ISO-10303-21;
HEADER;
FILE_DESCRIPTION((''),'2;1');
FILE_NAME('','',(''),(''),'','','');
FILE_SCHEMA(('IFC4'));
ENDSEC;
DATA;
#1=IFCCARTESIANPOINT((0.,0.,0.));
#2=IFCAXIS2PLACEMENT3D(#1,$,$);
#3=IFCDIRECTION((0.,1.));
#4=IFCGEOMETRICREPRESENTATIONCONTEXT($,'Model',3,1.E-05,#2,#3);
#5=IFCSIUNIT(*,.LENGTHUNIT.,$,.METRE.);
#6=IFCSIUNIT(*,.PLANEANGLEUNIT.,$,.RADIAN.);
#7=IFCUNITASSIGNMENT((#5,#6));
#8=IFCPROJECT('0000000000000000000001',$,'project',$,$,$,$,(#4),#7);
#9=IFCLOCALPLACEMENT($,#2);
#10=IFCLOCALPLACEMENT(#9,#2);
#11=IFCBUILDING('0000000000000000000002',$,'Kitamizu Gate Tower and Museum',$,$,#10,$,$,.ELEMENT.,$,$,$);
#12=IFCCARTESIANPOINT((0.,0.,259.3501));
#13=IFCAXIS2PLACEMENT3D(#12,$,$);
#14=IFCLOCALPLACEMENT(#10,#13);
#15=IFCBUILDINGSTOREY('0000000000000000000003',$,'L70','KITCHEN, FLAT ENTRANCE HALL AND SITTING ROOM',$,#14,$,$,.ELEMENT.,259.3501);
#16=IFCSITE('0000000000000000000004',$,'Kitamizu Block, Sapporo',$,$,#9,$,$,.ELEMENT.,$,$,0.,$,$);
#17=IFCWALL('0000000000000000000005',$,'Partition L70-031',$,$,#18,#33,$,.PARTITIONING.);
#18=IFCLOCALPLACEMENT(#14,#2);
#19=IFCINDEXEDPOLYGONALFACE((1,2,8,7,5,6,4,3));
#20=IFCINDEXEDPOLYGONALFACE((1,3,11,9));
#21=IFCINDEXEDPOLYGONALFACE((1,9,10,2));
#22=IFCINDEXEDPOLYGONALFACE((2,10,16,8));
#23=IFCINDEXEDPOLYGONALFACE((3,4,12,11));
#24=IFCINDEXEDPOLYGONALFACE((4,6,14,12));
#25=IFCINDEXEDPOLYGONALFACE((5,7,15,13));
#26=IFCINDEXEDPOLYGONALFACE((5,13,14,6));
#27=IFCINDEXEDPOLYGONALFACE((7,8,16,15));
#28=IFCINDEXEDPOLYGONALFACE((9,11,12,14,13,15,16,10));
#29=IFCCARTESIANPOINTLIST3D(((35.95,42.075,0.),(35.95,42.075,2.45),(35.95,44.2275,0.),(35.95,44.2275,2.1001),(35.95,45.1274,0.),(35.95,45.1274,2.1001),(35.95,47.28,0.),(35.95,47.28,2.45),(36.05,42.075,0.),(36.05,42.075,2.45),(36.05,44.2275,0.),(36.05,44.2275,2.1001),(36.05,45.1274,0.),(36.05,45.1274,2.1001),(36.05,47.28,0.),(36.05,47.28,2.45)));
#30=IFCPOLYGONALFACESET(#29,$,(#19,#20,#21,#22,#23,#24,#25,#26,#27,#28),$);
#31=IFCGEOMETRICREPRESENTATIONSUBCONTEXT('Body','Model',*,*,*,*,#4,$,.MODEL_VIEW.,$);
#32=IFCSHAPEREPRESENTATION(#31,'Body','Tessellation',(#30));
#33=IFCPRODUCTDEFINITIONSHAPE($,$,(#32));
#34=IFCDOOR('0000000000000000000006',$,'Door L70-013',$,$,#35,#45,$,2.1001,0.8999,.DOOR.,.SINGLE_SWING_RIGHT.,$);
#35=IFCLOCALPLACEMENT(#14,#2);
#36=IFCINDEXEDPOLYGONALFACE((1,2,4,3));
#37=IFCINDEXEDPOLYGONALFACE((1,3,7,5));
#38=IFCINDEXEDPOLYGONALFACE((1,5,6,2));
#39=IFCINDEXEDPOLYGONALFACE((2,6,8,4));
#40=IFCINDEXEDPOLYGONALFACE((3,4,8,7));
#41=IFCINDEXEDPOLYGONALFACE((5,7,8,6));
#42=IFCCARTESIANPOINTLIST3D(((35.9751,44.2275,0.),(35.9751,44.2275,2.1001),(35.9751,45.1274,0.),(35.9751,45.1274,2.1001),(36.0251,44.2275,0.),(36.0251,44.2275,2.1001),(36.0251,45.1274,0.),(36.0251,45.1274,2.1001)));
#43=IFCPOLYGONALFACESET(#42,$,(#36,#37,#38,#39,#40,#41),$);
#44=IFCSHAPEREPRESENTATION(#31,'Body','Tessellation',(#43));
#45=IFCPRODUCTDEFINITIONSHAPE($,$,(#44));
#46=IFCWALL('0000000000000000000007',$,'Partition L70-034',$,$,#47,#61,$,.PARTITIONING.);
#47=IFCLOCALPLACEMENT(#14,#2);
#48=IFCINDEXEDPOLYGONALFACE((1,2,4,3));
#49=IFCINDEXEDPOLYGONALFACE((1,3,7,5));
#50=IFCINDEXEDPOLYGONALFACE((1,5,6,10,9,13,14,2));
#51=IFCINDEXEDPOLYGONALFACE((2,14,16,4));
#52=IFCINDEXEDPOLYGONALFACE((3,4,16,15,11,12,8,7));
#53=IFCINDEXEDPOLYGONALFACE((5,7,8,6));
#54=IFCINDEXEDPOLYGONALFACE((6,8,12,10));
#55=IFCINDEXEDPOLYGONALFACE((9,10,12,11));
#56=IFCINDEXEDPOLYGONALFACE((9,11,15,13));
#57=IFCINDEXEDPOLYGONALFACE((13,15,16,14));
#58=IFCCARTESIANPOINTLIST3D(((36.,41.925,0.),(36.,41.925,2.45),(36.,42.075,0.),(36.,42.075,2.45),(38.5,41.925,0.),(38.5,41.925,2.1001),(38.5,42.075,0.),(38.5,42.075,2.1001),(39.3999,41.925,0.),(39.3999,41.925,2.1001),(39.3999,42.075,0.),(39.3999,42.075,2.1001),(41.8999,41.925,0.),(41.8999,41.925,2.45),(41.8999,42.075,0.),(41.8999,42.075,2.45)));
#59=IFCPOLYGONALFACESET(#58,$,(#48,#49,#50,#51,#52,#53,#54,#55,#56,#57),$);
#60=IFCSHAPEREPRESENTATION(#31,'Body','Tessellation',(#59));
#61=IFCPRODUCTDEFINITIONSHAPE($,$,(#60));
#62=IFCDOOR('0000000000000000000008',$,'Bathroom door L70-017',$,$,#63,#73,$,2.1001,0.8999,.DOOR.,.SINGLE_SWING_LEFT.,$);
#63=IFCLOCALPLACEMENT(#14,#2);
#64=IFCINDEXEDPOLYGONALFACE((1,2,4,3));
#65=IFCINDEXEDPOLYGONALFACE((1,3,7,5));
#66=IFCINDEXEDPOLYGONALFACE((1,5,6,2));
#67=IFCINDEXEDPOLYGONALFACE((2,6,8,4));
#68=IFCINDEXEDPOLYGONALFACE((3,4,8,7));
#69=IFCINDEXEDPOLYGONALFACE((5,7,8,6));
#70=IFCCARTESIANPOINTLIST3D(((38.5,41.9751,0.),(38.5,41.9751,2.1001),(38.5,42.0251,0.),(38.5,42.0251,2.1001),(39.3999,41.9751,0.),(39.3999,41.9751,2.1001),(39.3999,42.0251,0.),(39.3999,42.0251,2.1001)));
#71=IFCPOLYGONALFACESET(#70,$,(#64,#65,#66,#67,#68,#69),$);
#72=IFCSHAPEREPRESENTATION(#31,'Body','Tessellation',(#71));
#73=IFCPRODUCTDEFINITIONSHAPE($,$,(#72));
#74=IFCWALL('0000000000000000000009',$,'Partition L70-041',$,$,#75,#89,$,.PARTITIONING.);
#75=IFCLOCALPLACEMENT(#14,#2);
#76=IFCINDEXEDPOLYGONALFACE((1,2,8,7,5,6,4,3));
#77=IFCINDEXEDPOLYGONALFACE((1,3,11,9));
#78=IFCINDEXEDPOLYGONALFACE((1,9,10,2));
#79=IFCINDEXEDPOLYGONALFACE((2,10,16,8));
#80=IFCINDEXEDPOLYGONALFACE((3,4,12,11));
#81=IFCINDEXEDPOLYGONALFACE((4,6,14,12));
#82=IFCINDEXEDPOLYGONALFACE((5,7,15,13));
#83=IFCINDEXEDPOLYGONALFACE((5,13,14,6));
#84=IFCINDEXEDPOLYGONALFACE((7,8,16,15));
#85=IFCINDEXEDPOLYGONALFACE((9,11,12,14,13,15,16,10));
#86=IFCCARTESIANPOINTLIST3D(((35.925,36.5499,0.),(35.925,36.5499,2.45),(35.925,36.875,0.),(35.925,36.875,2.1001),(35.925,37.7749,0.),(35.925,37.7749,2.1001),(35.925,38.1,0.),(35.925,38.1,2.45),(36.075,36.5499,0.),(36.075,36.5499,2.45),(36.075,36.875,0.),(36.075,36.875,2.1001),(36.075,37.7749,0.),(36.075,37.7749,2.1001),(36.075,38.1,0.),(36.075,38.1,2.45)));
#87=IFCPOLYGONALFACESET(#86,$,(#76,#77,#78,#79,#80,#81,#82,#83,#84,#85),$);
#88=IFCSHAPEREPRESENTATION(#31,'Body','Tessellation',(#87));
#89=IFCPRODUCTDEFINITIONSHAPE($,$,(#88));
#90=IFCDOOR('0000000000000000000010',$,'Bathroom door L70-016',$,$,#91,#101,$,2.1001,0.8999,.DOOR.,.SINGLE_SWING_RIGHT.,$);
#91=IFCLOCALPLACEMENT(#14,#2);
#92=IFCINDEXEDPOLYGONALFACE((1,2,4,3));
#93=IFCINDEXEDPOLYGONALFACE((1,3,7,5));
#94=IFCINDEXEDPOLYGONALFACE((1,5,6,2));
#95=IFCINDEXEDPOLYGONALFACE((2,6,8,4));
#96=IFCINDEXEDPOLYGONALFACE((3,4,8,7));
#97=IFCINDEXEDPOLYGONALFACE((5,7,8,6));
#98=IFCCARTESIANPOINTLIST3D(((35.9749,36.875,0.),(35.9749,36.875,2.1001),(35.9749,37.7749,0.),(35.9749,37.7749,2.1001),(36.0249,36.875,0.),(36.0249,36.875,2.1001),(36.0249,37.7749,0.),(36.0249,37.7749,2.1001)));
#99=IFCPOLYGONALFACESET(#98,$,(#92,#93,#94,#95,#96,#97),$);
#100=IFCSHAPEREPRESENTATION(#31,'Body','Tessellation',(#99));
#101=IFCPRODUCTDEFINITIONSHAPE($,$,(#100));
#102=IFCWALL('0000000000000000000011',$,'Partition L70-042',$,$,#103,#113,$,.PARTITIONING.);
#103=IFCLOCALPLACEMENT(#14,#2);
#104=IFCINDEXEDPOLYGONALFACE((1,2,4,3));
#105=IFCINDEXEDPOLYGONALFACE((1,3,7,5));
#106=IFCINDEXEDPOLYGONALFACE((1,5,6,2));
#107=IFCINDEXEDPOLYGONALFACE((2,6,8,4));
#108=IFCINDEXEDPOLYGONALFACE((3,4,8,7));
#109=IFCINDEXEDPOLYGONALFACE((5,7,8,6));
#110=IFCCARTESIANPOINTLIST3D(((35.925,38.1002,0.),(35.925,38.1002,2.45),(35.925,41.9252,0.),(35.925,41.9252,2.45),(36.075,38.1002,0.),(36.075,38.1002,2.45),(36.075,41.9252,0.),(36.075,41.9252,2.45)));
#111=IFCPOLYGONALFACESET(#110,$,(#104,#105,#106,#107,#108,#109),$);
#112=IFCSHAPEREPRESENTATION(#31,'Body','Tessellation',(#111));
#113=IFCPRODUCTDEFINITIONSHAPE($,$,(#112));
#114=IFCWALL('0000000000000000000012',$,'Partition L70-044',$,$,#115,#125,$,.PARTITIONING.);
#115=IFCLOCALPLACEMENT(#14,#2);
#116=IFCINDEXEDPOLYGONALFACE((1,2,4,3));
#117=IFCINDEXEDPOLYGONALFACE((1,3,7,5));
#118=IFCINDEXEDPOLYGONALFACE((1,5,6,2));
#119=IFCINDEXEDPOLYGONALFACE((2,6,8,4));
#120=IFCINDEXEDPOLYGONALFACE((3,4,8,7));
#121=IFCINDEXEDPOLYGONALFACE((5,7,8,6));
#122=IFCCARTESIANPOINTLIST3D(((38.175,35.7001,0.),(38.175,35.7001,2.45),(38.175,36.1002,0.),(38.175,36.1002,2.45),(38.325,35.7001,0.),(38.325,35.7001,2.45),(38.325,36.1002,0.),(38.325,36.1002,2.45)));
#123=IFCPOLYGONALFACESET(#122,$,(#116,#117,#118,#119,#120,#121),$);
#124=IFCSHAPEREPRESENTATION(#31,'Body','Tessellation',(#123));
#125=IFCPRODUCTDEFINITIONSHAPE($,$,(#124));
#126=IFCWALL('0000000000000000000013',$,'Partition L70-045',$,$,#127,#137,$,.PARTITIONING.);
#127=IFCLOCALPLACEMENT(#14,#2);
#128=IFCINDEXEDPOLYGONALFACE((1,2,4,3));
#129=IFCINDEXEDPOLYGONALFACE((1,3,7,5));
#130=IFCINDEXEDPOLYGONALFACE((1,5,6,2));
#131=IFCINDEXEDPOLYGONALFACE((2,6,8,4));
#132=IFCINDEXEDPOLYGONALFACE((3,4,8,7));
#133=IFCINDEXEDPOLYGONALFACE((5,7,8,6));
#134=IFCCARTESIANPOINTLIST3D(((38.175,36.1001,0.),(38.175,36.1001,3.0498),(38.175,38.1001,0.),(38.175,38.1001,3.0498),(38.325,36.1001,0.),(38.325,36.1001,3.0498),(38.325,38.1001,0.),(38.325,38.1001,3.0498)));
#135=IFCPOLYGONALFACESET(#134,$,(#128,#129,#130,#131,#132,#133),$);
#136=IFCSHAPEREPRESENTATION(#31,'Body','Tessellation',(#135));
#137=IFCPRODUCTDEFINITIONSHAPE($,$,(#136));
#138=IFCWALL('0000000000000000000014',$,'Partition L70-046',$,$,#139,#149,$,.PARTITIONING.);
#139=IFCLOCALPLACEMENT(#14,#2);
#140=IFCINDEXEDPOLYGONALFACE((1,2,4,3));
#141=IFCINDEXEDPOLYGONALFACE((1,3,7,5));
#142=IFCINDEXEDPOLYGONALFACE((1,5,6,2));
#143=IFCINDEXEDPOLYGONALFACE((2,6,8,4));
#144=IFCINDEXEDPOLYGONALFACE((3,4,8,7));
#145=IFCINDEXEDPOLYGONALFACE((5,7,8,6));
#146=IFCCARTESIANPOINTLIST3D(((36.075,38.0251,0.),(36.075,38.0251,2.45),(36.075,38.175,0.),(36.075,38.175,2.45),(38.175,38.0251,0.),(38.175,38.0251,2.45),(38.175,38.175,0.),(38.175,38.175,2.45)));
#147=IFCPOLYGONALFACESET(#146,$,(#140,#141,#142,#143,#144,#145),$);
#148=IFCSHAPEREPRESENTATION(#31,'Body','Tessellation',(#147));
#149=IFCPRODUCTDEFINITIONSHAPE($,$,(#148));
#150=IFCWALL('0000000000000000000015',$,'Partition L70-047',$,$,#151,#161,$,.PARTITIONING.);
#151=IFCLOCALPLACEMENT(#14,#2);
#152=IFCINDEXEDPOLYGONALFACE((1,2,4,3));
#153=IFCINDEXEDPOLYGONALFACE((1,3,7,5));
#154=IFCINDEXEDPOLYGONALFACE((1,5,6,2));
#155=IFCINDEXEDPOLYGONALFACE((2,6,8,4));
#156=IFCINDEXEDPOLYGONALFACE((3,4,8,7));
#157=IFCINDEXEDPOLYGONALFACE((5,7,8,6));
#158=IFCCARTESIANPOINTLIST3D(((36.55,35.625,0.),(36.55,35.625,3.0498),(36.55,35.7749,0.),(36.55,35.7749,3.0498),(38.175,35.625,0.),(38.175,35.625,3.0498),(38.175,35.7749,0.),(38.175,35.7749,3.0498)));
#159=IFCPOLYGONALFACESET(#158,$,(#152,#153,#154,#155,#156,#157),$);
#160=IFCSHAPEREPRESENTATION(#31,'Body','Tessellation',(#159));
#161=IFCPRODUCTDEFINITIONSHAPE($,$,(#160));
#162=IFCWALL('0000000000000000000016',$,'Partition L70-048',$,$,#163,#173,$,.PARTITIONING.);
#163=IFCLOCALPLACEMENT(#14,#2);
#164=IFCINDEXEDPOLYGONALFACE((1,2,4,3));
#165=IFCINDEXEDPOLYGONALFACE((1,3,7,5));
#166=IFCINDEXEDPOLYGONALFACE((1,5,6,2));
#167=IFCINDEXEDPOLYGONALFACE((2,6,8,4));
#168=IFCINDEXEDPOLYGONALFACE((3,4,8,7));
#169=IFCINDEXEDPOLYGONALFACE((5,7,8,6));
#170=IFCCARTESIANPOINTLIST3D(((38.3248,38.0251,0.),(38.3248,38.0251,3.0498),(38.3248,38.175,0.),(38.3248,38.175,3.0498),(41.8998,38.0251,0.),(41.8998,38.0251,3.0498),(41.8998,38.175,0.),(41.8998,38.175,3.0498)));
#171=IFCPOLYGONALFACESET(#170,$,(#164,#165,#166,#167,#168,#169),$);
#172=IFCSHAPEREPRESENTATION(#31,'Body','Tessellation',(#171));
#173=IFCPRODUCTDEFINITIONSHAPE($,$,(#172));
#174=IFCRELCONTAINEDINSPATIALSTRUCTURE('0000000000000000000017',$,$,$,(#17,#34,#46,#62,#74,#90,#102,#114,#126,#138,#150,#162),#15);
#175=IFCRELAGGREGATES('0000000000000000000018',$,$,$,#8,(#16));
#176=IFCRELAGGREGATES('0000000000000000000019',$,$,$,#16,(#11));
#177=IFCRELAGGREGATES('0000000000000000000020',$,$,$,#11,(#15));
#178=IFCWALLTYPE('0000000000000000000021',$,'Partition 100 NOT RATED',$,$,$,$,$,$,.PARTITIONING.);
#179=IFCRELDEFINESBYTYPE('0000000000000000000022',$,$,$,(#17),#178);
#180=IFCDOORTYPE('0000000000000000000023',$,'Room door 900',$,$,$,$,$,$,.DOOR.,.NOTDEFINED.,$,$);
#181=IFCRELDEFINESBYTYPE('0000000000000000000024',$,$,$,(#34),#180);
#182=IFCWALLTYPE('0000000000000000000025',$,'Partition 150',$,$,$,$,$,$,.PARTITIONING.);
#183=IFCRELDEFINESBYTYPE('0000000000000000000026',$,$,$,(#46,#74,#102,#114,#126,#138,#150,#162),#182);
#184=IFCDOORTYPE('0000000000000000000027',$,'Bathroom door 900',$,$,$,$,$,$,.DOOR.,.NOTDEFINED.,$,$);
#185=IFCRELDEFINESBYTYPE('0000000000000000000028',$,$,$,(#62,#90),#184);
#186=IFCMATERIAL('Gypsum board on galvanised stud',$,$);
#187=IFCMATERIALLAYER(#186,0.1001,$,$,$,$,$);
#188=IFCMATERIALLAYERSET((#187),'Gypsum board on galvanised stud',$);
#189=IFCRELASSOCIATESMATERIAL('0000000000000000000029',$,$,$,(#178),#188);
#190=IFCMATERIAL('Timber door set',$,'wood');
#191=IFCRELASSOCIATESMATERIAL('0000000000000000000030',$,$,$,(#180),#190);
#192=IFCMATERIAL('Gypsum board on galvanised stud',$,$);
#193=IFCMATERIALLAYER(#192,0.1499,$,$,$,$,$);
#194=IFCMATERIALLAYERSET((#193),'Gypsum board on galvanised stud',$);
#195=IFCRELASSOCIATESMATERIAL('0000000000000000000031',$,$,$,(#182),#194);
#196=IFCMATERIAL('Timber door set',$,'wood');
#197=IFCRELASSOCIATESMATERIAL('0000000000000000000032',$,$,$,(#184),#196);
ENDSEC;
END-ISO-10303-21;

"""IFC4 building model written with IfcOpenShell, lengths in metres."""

from ifc_helpers import new_model, si_unit, direction, frame, frame_2d, origin, place, context, subcontext, project, spatial, rectangle, extrude, material, layer, layer_set, type_object, element, fill, save


model = new_model("IFC4")

# Units and contexts
model_context = context("Model", 3, precision=1e-05, world=origin(), true_north=direction((0.0, 1.0)))
body_context = subcontext(model_context, "Body", "Model", "MODEL_VIEW")
ifc_project = project(units=[si_unit("LENGTHUNIT", "METRE"), si_unit("PLANEANGLEUNIT", "RADIAN")], contexts=[model_context])

# Site, building, storey
site_placement = place(None, origin())
site = spatial("IfcSite", under=ifc_project, at=site_placement, Name="Kitamizu Block, Sapporo", CompositionType="ELEMENT", RefElevation=0.0)
building_placement = place(site_placement, origin())
building = spatial("IfcBuilding", under=site, at=building_placement, Name="Kitamizu Gate Tower and Museum", CompositionType="ELEMENT")
storey_placement = place(building_placement, frame((0.0, 0.0, 259.3501)))
storey = spatial("IfcBuildingStorey", under=building, at=storey_placement, Name="L70", Description="KITCHEN, FLAT ENTRANCE HALL AND SITTING ROOM", CompositionType="ELEMENT", Elevation=259.3501)

# Walls, openings, doors
ifc_material_1 = material(Name="Gypsum board on galvanised stud")
ifc_layer_1 = layer(ifc_material_1, 0.1001)
ifc_layer_set_1 = layer_set([ifc_layer_1], Name="Gypsum board on galvanised stud")
wall_type_1 = type_object("IfcWallType", Name="Partition 100 NOT RATED", PredefinedType="PARTITIONING", material=ifc_layer_set_1)
wall_1_placement = place(storey_placement, frame((36.0, 42.075, 0.0), z_axis=(0.0, 0.0, 1.0), x_axis=(0.0, 1.0, 0.0)))
wall_1 = element("IfcWall", 1, at=wall_1_placement, inside=storey, type_object=wall_type_1, Name="Partition L70-031", PredefinedType="PARTITIONING", context=body_context, shape_type="SweptSolid", body=[
    extrude(rectangle(XDim=5.2051, YDim=0.1001, at=frame_2d((2.6025, 0.0))), origin(), (0.0, 0.0, 1.0), 2.45),
])
opening_1_placement = place(wall_1_placement, frame((2.1526, 0.0, 0.0)))
opening_1 = element("IfcOpeningElement", 2, at=opening_1_placement, cuts=wall_1, PredefinedType="OPENING", context=body_context, shape_type="SweptSolid", body=[
    extrude(rectangle(XDim=0.8999, YDim=2.1001, at=frame_2d((0.45, 1.05))), frame((0.0, 0.0601, 0.0), z_axis=(0.0, -1.0, 0.0), x_axis=(1.0, 0.0, 0.0)), (0.0, 0.0, 1.0), 0.1201),
])
ifc_material_2 = material(Name="Timber door set", Category="wood")
door_type_1 = type_object("IfcDoorType", Name="Room door 900", OperationType="NOTDEFINED", PredefinedType="DOOR", material=ifc_material_2)
door_1_placement = place(opening_1_placement, origin())
door_1 = element("IfcDoor", 3, at=door_1_placement, inside=storey, type_object=door_type_1, Name="Door L70-013", OperationType="SINGLE_SWING_RIGHT", OverallHeight=2.1001, OverallWidth=0.8999, PredefinedType="DOOR", context=body_context, shape_type="SweptSolid", body=[
    extrude(rectangle(XDim=0.8999, YDim=2.1001, at=frame_2d((0.45, 1.05))), frame((0.0, 0.0249, 0.0), z_axis=(0.0, -1.0, 0.0), x_axis=(1.0, 0.0, 0.0)), (0.0, 0.0, 1.0), 0.05),
])
fill(opening_1, door_1)
ifc_material_3 = material(Name="Gypsum board on galvanised stud")
ifc_layer_2 = layer(ifc_material_3, 0.1499)
ifc_layer_set_2 = layer_set([ifc_layer_2], Name="Gypsum board on galvanised stud")
wall_type_2 = type_object("IfcWallType", Name="Partition 150", PredefinedType="PARTITIONING", material=ifc_layer_set_2)
wall_2_placement = place(storey_placement, frame((36.0, 42.0, 0.0), z_axis=(0.0, 0.0, 1.0), x_axis=(1.0, 0.0, 0.0)))
wall_2 = element("IfcWall", 4, at=wall_2_placement, inside=storey, type_object=wall_type_2, Name="Partition L70-034", PredefinedType="PARTITIONING", context=body_context, shape_type="SweptSolid", body=[
    extrude(rectangle(XDim=5.8999, YDim=0.1499, at=frame_2d((2.95, 0.0))), origin(), (0.0, 0.0, 1.0), 2.45),
])
opening_2_placement = place(wall_2_placement, frame((2.5, 0.0, 0.0)))
opening_2 = element("IfcOpeningElement", 5, at=opening_2_placement, cuts=wall_2, PredefinedType="OPENING", context=body_context, shape_type="SweptSolid", body=[
    extrude(rectangle(XDim=0.8999, YDim=2.1001, at=frame_2d((0.45, 1.05))), frame((0.0, 0.085, 0.0), z_axis=(0.0, -1.0, 0.0), x_axis=(1.0, 0.0, 0.0)), (0.0, 0.0, 1.0), 0.1699),
])
ifc_material_4 = material(Name="Timber door set", Category="wood")
door_type_2 = type_object("IfcDoorType", Name="Bathroom door 900", OperationType="NOTDEFINED", PredefinedType="DOOR", material=ifc_material_4)
door_2_placement = place(opening_2_placement, frame((0.8999, 0.0, 0.0), x_axis=(-1.0, 0.0, 0.0)))
door_2 = element("IfcDoor", 6, at=door_2_placement, inside=storey, type_object=door_type_2, Name="Bathroom door L70-017", OperationType="SINGLE_SWING_LEFT", OverallHeight=2.1001, OverallWidth=0.8999, PredefinedType="DOOR", context=body_context, shape_type="SweptSolid", body=[
    extrude(rectangle(XDim=0.8999, YDim=2.1001, at=frame_2d((0.45, 1.05))), frame((0.0, 0.0249, 0.0), z_axis=(0.0, -1.0, 0.0), x_axis=(1.0, 0.0, 0.0)), (0.0, 0.0, 1.0), 0.05),
])
fill(opening_2, door_2)
wall_3_placement = place(storey_placement, frame((36.0, 36.55, 0.0), z_axis=(0.0, 0.0, 1.0), x_axis=(0.0, 1.0, 0.0)))
wall_3 = element("IfcWall", 7, at=wall_3_placement, inside=storey, type_object=wall_type_2, Name="Partition L70-041", PredefinedType="PARTITIONING", context=body_context, shape_type="SweptSolid", body=[
    extrude(rectangle(XDim=1.55, YDim=0.1499, at=frame_2d((0.7749, 0.0))), origin(), (0.0, 0.0, 1.0), 2.45),
])
opening_3_placement = place(wall_3_placement, frame((0.325, 0.0, 0.0)))
opening_3 = element("IfcOpeningElement", 8, at=opening_3_placement, cuts=wall_3, PredefinedType="OPENING", context=body_context, shape_type="SweptSolid", body=[
    extrude(rectangle(XDim=0.8999, YDim=2.1001, at=frame_2d((0.45, 1.05))), frame((0.0, 0.085, 0.0), z_axis=(0.0, -1.0, 0.0), x_axis=(1.0, 0.0, 0.0)), (0.0, 0.0, 1.0), 0.1699),
])
door_3_placement = place(opening_3_placement, frame((0.8999, 0.0, 0.0), x_axis=(-1.0, 0.0, 0.0)))
door_3 = element("IfcDoor", 9, at=door_3_placement, inside=storey, type_object=door_type_2, Name="Bathroom door L70-016", OperationType="SINGLE_SWING_RIGHT", OverallHeight=2.1001, OverallWidth=0.8999, PredefinedType="DOOR", context=body_context, shape_type="SweptSolid", body=[
    extrude(rectangle(XDim=0.8999, YDim=2.1001, at=frame_2d((0.45, 1.05))), frame((0.0, 0.0249, 0.0), z_axis=(0.0, -1.0, 0.0), x_axis=(1.0, 0.0, 0.0)), (0.0, 0.0, 1.0), 0.05),
])
fill(opening_3, door_3)

# Walls
wall_4_placement = place(storey_placement, frame((36.0, 38.1001, 0.0), z_axis=(0.0, 0.0, 1.0), x_axis=(0.0, 1.0, 0.0)))
element("IfcWall", 10, at=wall_4_placement, inside=storey, type_object=wall_type_2, Name="Partition L70-042", PredefinedType="PARTITIONING", context=body_context, shape_type="SweptSolid", body=[
    extrude(rectangle(XDim=3.825, YDim=0.1499, at=frame_2d((1.9126, 0.0))), origin(), (0.0, 0.0, 1.0), 2.45),
])
wall_5_placement = place(storey_placement, frame((38.25, 35.7, 0.0), z_axis=(0.0, 0.0, 1.0), x_axis=(0.0, 1.0, 0.0)))
element("IfcWall", 11, at=wall_5_placement, inside=storey, type_object=wall_type_2, Name="Partition L70-044", PredefinedType="PARTITIONING", context=body_context, shape_type="SweptSolid", body=[
    extrude(rectangle(XDim=0.4001, YDim=0.1499, at=frame_2d((0.2002, 0.0))), origin(), (0.0, 0.0, 1.0), 2.45),
])
wall_6_placement = place(storey_placement, frame((38.25, 36.1001, 0.0), z_axis=(0.0, 0.0, 1.0), x_axis=(0.0, 1.0, 0.0)))
element("IfcWall", 12, at=wall_6_placement, inside=storey, type_object=wall_type_2, Name="Partition L70-045", PredefinedType="PARTITIONING", context=body_context, shape_type="SweptSolid", body=[
    extrude(rectangle(XDim=2.0, YDim=0.1499, at=frame_2d((1.0, 0.0))), origin(), (0.0, 0.0, 1.0), 3.0498),
])
wall_7_placement = place(storey_placement, frame((38.175, 38.1001, 0.0), z_axis=(0.0, 0.0, 1.0), x_axis=(-1.0, 0.0, 0.0)))
element("IfcWall", 13, at=wall_7_placement, inside=storey, type_object=wall_type_2, Name="Partition L70-046", PredefinedType="PARTITIONING", context=body_context, shape_type="SweptSolid", body=[
    extrude(rectangle(XDim=2.1001, YDim=0.1499, at=frame_2d((1.05, 0.0))), origin(), (0.0, 0.0, 1.0), 2.45),
])
wall_8_placement = place(storey_placement, frame((36.55, 35.7, 0.0), z_axis=(0.0, 0.0, 1.0), x_axis=(1.0, 0.0, 0.0)))
element("IfcWall", 14, at=wall_8_placement, inside=storey, type_object=wall_type_2, Name="Partition L70-047", PredefinedType="PARTITIONING", context=body_context, shape_type="SweptSolid", body=[
    extrude(rectangle(XDim=1.625, YDim=0.1499, at=frame_2d((0.8125, 0.0))), origin(), (0.0, 0.0, 1.0), 3.0498),
])
wall_9_placement = place(storey_placement, frame((41.8999, 38.1001, 0.0), z_axis=(0.0, 0.0, 1.0), x_axis=(-1.0, 0.0, 0.0)))
element("IfcWall", 15, at=wall_9_placement, inside=storey, type_object=wall_type_2, Name="Partition L70-048", PredefinedType="PARTITIONING", context=body_context, shape_type="SweptSolid", body=[
    extrude(rectangle(XDim=3.575, YDim=0.1499, at=frame_2d((1.7876, 0.0))), origin(), (0.0, 0.0, 1.0), 3.0498),
])

save(model, "model.ifc")
